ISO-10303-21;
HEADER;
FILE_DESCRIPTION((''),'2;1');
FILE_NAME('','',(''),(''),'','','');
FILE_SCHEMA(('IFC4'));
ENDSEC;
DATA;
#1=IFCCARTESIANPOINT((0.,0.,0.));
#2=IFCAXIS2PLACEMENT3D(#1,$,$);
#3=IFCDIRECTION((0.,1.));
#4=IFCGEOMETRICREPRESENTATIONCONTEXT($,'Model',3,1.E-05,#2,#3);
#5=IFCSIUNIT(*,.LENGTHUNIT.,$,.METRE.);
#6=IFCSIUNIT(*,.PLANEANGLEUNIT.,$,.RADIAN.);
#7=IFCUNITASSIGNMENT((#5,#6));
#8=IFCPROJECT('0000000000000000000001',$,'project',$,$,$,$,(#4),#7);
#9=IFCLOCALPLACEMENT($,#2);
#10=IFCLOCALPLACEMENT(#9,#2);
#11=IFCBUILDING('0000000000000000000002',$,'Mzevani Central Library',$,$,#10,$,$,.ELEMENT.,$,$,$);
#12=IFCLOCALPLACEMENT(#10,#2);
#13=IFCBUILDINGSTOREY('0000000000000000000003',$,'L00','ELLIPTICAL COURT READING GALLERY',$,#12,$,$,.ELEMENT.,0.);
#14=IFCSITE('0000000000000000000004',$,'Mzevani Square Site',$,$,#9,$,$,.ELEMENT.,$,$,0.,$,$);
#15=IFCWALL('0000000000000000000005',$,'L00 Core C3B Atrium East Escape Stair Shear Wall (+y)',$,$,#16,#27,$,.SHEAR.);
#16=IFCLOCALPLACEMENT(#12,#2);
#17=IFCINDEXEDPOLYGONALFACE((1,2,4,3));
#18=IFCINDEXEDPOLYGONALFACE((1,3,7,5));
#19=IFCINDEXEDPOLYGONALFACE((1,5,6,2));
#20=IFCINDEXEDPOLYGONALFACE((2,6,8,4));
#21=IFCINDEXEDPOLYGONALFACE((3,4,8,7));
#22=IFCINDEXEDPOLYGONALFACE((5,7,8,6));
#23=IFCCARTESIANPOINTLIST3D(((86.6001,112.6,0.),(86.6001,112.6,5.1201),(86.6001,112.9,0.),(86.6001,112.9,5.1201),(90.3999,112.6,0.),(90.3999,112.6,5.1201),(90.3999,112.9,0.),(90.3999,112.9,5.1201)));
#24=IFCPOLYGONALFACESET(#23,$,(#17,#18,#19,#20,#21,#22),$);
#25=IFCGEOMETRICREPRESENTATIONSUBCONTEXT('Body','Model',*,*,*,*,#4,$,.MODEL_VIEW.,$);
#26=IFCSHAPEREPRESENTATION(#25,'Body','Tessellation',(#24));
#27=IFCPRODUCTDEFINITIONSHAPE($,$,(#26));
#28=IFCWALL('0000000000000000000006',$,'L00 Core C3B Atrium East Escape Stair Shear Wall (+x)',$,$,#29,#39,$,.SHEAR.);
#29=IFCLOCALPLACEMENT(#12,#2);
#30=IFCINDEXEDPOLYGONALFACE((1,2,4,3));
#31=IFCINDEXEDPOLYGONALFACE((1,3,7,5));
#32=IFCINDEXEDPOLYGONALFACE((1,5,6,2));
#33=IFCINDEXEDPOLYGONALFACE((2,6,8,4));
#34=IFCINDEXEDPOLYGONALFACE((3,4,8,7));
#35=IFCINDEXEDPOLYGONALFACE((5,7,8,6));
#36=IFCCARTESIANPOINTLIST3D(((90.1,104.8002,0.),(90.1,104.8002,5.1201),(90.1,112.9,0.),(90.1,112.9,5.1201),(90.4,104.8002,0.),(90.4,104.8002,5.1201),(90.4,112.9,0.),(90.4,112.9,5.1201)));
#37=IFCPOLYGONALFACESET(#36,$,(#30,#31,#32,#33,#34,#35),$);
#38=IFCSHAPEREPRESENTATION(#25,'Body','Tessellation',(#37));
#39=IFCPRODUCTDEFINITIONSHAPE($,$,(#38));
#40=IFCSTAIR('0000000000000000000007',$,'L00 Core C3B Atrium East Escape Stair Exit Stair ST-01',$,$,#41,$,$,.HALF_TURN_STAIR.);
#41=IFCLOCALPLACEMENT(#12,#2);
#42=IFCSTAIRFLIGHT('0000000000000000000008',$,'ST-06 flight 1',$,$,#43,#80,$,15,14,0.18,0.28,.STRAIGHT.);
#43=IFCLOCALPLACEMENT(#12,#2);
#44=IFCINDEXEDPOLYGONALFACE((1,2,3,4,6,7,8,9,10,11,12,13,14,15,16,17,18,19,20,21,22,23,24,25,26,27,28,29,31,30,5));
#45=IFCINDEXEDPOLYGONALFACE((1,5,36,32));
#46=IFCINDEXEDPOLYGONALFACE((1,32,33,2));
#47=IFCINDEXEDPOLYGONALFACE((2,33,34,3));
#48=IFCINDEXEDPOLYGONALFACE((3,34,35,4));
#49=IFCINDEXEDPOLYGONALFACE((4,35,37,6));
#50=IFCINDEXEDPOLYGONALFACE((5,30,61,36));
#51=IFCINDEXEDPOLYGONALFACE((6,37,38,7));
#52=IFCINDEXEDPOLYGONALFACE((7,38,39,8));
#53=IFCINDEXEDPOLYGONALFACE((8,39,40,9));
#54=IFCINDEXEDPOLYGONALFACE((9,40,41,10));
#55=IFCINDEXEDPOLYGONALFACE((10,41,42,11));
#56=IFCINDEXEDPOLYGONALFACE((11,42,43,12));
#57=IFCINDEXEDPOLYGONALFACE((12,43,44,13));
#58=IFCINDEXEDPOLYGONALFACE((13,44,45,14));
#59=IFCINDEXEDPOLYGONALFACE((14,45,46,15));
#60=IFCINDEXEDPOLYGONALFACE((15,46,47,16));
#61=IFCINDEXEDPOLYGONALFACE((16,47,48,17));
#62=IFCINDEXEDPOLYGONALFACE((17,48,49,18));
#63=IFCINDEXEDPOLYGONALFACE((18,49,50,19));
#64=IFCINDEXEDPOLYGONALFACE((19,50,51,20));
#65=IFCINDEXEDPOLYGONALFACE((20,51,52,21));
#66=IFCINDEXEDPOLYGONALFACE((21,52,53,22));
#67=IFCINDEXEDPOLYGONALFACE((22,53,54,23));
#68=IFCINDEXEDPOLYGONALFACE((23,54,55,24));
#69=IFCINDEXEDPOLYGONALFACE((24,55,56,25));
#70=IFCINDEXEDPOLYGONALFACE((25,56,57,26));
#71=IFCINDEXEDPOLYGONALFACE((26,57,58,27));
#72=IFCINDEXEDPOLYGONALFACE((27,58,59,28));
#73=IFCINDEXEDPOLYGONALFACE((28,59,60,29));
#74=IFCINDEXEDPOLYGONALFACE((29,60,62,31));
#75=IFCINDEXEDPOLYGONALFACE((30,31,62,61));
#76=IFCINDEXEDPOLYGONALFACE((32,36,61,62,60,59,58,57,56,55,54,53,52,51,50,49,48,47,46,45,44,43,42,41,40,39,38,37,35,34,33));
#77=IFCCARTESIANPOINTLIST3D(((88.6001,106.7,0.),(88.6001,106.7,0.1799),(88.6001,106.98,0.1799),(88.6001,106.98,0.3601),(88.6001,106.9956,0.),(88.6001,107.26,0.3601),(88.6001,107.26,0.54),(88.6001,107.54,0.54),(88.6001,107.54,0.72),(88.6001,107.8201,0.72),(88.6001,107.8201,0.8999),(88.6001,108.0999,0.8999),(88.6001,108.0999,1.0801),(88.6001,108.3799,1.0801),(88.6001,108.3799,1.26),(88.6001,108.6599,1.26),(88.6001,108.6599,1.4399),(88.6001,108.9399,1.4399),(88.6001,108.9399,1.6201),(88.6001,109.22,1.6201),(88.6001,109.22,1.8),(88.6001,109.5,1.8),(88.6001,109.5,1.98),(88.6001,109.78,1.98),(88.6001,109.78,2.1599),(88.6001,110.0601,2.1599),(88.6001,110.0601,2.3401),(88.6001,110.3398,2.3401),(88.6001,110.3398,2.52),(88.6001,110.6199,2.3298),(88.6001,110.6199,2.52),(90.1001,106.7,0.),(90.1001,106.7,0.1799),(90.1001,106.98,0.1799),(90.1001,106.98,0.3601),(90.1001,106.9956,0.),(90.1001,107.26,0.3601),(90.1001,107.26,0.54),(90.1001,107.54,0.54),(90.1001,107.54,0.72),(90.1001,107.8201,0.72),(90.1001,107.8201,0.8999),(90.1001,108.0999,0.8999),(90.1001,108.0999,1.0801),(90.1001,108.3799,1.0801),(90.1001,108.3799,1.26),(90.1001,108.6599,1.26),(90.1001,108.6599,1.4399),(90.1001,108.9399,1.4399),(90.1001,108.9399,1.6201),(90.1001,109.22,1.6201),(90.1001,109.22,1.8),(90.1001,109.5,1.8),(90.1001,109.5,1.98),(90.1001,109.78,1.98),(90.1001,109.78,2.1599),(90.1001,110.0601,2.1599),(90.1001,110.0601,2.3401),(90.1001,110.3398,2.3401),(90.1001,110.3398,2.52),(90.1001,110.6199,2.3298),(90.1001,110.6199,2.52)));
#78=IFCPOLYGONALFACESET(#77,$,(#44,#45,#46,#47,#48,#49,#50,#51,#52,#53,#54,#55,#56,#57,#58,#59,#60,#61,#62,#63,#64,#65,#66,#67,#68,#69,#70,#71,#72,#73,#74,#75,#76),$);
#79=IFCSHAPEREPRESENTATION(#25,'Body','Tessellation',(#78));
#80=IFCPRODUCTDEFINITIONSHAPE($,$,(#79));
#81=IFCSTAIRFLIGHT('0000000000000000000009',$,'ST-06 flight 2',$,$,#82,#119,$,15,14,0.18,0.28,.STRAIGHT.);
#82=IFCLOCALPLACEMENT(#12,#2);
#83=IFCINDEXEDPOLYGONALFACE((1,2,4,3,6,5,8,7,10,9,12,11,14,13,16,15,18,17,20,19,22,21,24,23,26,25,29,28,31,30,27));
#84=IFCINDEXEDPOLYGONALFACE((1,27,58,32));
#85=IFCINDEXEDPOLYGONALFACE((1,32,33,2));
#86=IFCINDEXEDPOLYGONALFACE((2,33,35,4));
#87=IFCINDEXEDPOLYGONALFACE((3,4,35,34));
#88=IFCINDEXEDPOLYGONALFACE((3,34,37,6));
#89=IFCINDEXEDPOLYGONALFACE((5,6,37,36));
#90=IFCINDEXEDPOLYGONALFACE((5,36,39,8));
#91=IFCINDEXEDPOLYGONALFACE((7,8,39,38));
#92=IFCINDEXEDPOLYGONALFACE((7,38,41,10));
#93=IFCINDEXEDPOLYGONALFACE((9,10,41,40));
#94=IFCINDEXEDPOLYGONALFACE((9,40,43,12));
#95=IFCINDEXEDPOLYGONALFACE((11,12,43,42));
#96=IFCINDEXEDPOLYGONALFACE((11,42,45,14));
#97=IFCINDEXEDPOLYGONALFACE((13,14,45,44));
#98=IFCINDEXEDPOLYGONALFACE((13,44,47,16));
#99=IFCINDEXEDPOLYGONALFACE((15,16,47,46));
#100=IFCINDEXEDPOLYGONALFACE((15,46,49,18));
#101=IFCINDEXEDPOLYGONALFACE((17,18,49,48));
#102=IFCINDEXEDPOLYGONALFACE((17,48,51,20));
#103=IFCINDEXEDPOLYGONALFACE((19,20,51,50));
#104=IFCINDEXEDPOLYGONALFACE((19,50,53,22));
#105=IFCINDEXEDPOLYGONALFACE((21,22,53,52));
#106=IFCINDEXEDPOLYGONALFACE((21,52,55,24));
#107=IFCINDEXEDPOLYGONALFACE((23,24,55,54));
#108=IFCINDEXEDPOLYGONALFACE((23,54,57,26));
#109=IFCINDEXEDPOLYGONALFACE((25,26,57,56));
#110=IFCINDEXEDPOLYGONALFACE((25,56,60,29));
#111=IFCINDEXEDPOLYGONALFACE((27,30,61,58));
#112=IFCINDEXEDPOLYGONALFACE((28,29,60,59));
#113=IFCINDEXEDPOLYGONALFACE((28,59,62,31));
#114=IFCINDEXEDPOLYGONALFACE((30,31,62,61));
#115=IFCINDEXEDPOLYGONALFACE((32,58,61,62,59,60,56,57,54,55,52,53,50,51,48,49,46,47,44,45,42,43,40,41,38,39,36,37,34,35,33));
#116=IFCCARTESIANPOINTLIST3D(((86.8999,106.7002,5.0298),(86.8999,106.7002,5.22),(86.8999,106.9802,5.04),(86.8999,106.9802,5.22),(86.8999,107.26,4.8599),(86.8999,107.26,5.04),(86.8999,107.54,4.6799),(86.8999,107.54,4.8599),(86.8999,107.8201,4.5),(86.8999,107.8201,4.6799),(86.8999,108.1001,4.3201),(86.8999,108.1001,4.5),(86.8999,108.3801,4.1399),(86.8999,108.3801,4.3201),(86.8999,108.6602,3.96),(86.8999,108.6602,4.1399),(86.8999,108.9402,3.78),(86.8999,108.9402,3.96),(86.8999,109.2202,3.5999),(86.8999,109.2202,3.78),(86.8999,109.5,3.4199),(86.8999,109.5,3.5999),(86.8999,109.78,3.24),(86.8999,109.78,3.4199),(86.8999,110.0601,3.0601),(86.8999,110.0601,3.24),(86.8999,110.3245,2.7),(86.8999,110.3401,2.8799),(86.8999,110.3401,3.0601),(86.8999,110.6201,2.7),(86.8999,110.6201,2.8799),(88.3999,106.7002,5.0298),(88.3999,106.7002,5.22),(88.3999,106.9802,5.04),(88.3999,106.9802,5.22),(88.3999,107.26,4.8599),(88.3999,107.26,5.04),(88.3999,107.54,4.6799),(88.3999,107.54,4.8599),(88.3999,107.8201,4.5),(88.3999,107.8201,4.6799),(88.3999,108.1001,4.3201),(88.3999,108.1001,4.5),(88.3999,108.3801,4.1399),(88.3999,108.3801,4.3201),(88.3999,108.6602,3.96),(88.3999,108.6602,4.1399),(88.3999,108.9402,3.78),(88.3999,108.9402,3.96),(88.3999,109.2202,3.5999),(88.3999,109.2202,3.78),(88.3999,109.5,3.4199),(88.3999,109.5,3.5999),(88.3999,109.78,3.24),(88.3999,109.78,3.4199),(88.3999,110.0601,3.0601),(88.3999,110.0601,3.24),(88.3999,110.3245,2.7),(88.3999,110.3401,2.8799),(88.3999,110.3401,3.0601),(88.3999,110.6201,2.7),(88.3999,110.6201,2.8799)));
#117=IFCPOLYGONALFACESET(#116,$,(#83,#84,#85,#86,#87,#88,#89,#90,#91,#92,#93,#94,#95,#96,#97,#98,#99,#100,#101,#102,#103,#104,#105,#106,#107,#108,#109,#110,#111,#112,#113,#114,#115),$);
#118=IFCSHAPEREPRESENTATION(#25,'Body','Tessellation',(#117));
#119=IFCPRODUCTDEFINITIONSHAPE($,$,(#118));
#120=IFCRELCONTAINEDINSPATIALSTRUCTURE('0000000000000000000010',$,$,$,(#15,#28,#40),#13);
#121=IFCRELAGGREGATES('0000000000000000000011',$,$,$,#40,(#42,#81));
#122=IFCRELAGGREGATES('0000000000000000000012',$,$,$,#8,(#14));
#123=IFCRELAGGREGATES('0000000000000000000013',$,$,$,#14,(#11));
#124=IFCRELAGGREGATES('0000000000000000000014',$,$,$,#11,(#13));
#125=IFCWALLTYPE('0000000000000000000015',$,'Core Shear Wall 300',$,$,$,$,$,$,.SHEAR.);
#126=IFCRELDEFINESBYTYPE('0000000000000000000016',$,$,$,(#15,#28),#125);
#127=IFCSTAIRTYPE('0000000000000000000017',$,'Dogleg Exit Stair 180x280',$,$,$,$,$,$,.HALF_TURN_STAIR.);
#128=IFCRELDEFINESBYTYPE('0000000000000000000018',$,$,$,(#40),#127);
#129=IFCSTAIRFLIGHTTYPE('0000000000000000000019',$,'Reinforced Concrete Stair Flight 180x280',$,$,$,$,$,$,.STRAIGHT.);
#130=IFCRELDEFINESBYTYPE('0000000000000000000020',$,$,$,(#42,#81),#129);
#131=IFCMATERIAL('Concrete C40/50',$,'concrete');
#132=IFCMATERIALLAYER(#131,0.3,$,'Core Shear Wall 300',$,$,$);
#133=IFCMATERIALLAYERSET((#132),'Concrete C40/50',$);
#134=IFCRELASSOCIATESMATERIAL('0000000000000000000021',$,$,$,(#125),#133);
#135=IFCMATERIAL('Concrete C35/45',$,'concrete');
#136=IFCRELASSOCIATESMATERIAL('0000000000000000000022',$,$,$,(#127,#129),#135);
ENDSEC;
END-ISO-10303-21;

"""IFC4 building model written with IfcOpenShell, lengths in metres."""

from ifc_helpers import new_model, si_unit, direction, frame, frame_2d, origin, place, context, subcontext, project, spatial, polyline, rectangle, outline, extrude, material, layer, layer_set, type_object, element, aggregate, save


model = new_model("IFC4")

# Units and contexts
model_context = context("Model", 3, precision=1e-05, world=origin(), true_north=direction((0.0, 1.0)))
body_context = subcontext(model_context, "Body", "Model", "MODEL_VIEW")
ifc_project = project(units=[si_unit("LENGTHUNIT", "METRE"), si_unit("PLANEANGLEUNIT", "RADIAN")], contexts=[model_context])

# Site, building, storey
site_placement = place(None, origin())
site = spatial("IfcSite", under=ifc_project, at=site_placement, Name="Mzevani Square Site", CompositionType="ELEMENT", RefElevation=0.0)
building_placement = place(site_placement, origin())
building = spatial("IfcBuilding", under=site, at=building_placement, Name="Mzevani Central Library", CompositionType="ELEMENT")
storey_placement = place(building_placement, origin())
storey = spatial("IfcBuildingStorey", under=building, at=storey_placement, Name="L00", Description="ELLIPTICAL COURT READING GALLERY", CompositionType="ELEMENT", Elevation=0.0)

# Shared definitions
ifc_material_1 = material(Name="Concrete C40/50", Category="concrete")

# Shared definitions
ifc_material_2 = material(Name="Concrete C35/45", Category="concrete")

# Shared definitions
ifc_layer_1 = layer(ifc_material_1, 0.3, Name="Core Shear Wall 300")
ifc_layer_set_1 = layer_set([ifc_layer_1], Name="Concrete C40/50")
wall_type_1 = type_object("IfcWallType", Name="Core Shear Wall 300", PredefinedType="SHEAR", material=ifc_layer_set_1)

# Walls
wall_1_placement = place(storey_placement, frame((86.6001, 112.75, 0.0), z_axis=(0.0, 0.0, 1.0), x_axis=(1.0, 0.0, 0.0)))
element("IfcWall", 1, at=wall_1_placement, inside=storey, type_object=wall_type_1, Name="L00 Core C3B Atrium East Escape Stair Shear Wall (+y)", PredefinedType="SHEAR", context=body_context, shape_type="SweptSolid", body=[
    extrude(rectangle(XDim=3.7998, YDim=0.3, at=frame_2d((1.8999, 0.0))), origin(), (0.0, 0.0, 1.0), 5.1201),
])
wall_2_placement = place(storey_placement, frame((90.25, 112.8999, 0.0), z_axis=(0.0, 0.0, 1.0), x_axis=(0.0, -1.0, 0.0)))
element("IfcWall", 2, at=wall_2_placement, inside=storey, type_object=wall_type_1, Name="L00 Core C3B Atrium East Escape Stair Shear Wall (+x)", PredefinedType="SHEAR", context=body_context, shape_type="SweptSolid", body=[
    extrude(rectangle(XDim=8.0999, YDim=0.3, at=frame_2d((4.0498, 0.0))), origin(), (0.0, 0.0, 1.0), 5.1201),
])

# Stair, stair flights
stair_type = type_object("IfcStairType", Name="Dogleg Exit Stair 180x280", PredefinedType="HALF_TURN_STAIR", material=ifc_material_2)
stair_placement = place(storey_placement, origin())
stair = element("IfcStair", 3, at=stair_placement, inside=storey, type_object=stair_type, Name="L00 Core C3B Atrium East Escape Stair Exit Stair ST-01", PredefinedType="HALF_TURN_STAIR")
stair_flight_type = type_object("IfcStairFlightType", Name="Reinforced Concrete Stair Flight 180x280", PredefinedType="STRAIGHT", material=ifc_material_2)
stair_flight_1_placement = place(storey_placement, frame((89.3501, 106.7, 0.0), z_axis=(0.0, 0.0, 1.0), x_axis=(0.0, 1.0, 0.0)))
stair_flight_1 = element("IfcStairFlight", 4, at=stair_flight_1_placement, type_object=stair_flight_type, Name="ST-06 flight 1", NumberOfRisers=15, NumberOfTreads=14, PredefinedType="STRAIGHT", RiserHeight=0.18, TreadLength=0.28, context=body_context, shape_type="SweptSolid", body=[
    extrude(outline(polyline([(0.0, 0.0), (0.0, 0.1799), (0.28, 0.1799), (0.28, 0.3601), (0.5601, 0.3601), (0.5601, 0.54), (0.8401, 0.54), (0.8401, 0.72), (1.1201, 0.72), (1.1201, 0.8999), (1.3999, 0.8999), (1.3999, 1.0801), (1.6799, 1.0801), (1.6799, 1.26), (1.96, 1.26), (1.96, 1.4399), (2.24, 1.4399), (2.24, 1.6201), (2.52, 1.6201), (2.52, 1.8), (2.8, 1.8), (2.8, 1.98), (3.0801, 1.98), (3.0801, 2.1599), (3.3601, 2.1599), (3.3601, 2.3401), (3.6399, 2.3401), (3.6399, 2.52), (3.9199, 2.52), (3.9199, 2.7), (3.9199, 2.3298), (0.2957, 0.0), (0.0, 0.0)])), frame((0.0, 0.75, 0.0), z_axis=(0.0, -1.0, 0.0), x_axis=(1.0, 0.0, 0.0)), (0.0, 0.0, 1.0), 1.5),
])
stair_flight_2_placement = place(storey_placement, frame((87.6499, 110.6201, 2.7), z_axis=(0.0, 0.0, 1.0), x_axis=(0.0, -1.0, 0.0)))
stair_flight_2 = element("IfcStairFlight", 5, at=stair_flight_2_placement, type_object=stair_flight_type, Name="ST-06 flight 2", NumberOfRisers=15, NumberOfTreads=14, PredefinedType="STRAIGHT", RiserHeight=0.18, TreadLength=0.28, context=body_context, shape_type="SweptSolid", body=[
    extrude(outline(polyline([(0.0, 0.0), (0.0, 0.1799), (0.28, 0.1799), (0.28, 0.3601), (0.5601, 0.3601), (0.5601, 0.54), (0.8401, 0.54), (0.8401, 0.72), (1.1201, 0.72), (1.1201, 0.8999), (1.3999, 0.8999), (1.3999, 1.0801), (1.6799, 1.0801), (1.6799, 1.26), (1.96, 1.26), (1.96, 1.4399), (2.24, 1.4399), (2.24, 1.6201), (2.52, 1.6201), (2.52, 1.8), (2.8, 1.8), (2.8, 1.98), (3.0801, 1.98), (3.0801, 2.1599), (3.3601, 2.1599), (3.3601, 2.3401), (3.6399, 2.3401), (3.6399, 2.52), (3.9199, 2.52), (3.9199, 2.7), (3.9199, 2.3298), (0.2957, 0.0), (0.0, 0.0)])), frame((0.0, 0.75, 0.0), z_axis=(0.0, -1.0, 0.0), x_axis=(1.0, 0.0, 0.0)), (0.0, 0.0, 1.0), 1.5),
])
aggregate(stair, [stair_flight_1, stair_flight_2])

save(model, "model.ifc")
